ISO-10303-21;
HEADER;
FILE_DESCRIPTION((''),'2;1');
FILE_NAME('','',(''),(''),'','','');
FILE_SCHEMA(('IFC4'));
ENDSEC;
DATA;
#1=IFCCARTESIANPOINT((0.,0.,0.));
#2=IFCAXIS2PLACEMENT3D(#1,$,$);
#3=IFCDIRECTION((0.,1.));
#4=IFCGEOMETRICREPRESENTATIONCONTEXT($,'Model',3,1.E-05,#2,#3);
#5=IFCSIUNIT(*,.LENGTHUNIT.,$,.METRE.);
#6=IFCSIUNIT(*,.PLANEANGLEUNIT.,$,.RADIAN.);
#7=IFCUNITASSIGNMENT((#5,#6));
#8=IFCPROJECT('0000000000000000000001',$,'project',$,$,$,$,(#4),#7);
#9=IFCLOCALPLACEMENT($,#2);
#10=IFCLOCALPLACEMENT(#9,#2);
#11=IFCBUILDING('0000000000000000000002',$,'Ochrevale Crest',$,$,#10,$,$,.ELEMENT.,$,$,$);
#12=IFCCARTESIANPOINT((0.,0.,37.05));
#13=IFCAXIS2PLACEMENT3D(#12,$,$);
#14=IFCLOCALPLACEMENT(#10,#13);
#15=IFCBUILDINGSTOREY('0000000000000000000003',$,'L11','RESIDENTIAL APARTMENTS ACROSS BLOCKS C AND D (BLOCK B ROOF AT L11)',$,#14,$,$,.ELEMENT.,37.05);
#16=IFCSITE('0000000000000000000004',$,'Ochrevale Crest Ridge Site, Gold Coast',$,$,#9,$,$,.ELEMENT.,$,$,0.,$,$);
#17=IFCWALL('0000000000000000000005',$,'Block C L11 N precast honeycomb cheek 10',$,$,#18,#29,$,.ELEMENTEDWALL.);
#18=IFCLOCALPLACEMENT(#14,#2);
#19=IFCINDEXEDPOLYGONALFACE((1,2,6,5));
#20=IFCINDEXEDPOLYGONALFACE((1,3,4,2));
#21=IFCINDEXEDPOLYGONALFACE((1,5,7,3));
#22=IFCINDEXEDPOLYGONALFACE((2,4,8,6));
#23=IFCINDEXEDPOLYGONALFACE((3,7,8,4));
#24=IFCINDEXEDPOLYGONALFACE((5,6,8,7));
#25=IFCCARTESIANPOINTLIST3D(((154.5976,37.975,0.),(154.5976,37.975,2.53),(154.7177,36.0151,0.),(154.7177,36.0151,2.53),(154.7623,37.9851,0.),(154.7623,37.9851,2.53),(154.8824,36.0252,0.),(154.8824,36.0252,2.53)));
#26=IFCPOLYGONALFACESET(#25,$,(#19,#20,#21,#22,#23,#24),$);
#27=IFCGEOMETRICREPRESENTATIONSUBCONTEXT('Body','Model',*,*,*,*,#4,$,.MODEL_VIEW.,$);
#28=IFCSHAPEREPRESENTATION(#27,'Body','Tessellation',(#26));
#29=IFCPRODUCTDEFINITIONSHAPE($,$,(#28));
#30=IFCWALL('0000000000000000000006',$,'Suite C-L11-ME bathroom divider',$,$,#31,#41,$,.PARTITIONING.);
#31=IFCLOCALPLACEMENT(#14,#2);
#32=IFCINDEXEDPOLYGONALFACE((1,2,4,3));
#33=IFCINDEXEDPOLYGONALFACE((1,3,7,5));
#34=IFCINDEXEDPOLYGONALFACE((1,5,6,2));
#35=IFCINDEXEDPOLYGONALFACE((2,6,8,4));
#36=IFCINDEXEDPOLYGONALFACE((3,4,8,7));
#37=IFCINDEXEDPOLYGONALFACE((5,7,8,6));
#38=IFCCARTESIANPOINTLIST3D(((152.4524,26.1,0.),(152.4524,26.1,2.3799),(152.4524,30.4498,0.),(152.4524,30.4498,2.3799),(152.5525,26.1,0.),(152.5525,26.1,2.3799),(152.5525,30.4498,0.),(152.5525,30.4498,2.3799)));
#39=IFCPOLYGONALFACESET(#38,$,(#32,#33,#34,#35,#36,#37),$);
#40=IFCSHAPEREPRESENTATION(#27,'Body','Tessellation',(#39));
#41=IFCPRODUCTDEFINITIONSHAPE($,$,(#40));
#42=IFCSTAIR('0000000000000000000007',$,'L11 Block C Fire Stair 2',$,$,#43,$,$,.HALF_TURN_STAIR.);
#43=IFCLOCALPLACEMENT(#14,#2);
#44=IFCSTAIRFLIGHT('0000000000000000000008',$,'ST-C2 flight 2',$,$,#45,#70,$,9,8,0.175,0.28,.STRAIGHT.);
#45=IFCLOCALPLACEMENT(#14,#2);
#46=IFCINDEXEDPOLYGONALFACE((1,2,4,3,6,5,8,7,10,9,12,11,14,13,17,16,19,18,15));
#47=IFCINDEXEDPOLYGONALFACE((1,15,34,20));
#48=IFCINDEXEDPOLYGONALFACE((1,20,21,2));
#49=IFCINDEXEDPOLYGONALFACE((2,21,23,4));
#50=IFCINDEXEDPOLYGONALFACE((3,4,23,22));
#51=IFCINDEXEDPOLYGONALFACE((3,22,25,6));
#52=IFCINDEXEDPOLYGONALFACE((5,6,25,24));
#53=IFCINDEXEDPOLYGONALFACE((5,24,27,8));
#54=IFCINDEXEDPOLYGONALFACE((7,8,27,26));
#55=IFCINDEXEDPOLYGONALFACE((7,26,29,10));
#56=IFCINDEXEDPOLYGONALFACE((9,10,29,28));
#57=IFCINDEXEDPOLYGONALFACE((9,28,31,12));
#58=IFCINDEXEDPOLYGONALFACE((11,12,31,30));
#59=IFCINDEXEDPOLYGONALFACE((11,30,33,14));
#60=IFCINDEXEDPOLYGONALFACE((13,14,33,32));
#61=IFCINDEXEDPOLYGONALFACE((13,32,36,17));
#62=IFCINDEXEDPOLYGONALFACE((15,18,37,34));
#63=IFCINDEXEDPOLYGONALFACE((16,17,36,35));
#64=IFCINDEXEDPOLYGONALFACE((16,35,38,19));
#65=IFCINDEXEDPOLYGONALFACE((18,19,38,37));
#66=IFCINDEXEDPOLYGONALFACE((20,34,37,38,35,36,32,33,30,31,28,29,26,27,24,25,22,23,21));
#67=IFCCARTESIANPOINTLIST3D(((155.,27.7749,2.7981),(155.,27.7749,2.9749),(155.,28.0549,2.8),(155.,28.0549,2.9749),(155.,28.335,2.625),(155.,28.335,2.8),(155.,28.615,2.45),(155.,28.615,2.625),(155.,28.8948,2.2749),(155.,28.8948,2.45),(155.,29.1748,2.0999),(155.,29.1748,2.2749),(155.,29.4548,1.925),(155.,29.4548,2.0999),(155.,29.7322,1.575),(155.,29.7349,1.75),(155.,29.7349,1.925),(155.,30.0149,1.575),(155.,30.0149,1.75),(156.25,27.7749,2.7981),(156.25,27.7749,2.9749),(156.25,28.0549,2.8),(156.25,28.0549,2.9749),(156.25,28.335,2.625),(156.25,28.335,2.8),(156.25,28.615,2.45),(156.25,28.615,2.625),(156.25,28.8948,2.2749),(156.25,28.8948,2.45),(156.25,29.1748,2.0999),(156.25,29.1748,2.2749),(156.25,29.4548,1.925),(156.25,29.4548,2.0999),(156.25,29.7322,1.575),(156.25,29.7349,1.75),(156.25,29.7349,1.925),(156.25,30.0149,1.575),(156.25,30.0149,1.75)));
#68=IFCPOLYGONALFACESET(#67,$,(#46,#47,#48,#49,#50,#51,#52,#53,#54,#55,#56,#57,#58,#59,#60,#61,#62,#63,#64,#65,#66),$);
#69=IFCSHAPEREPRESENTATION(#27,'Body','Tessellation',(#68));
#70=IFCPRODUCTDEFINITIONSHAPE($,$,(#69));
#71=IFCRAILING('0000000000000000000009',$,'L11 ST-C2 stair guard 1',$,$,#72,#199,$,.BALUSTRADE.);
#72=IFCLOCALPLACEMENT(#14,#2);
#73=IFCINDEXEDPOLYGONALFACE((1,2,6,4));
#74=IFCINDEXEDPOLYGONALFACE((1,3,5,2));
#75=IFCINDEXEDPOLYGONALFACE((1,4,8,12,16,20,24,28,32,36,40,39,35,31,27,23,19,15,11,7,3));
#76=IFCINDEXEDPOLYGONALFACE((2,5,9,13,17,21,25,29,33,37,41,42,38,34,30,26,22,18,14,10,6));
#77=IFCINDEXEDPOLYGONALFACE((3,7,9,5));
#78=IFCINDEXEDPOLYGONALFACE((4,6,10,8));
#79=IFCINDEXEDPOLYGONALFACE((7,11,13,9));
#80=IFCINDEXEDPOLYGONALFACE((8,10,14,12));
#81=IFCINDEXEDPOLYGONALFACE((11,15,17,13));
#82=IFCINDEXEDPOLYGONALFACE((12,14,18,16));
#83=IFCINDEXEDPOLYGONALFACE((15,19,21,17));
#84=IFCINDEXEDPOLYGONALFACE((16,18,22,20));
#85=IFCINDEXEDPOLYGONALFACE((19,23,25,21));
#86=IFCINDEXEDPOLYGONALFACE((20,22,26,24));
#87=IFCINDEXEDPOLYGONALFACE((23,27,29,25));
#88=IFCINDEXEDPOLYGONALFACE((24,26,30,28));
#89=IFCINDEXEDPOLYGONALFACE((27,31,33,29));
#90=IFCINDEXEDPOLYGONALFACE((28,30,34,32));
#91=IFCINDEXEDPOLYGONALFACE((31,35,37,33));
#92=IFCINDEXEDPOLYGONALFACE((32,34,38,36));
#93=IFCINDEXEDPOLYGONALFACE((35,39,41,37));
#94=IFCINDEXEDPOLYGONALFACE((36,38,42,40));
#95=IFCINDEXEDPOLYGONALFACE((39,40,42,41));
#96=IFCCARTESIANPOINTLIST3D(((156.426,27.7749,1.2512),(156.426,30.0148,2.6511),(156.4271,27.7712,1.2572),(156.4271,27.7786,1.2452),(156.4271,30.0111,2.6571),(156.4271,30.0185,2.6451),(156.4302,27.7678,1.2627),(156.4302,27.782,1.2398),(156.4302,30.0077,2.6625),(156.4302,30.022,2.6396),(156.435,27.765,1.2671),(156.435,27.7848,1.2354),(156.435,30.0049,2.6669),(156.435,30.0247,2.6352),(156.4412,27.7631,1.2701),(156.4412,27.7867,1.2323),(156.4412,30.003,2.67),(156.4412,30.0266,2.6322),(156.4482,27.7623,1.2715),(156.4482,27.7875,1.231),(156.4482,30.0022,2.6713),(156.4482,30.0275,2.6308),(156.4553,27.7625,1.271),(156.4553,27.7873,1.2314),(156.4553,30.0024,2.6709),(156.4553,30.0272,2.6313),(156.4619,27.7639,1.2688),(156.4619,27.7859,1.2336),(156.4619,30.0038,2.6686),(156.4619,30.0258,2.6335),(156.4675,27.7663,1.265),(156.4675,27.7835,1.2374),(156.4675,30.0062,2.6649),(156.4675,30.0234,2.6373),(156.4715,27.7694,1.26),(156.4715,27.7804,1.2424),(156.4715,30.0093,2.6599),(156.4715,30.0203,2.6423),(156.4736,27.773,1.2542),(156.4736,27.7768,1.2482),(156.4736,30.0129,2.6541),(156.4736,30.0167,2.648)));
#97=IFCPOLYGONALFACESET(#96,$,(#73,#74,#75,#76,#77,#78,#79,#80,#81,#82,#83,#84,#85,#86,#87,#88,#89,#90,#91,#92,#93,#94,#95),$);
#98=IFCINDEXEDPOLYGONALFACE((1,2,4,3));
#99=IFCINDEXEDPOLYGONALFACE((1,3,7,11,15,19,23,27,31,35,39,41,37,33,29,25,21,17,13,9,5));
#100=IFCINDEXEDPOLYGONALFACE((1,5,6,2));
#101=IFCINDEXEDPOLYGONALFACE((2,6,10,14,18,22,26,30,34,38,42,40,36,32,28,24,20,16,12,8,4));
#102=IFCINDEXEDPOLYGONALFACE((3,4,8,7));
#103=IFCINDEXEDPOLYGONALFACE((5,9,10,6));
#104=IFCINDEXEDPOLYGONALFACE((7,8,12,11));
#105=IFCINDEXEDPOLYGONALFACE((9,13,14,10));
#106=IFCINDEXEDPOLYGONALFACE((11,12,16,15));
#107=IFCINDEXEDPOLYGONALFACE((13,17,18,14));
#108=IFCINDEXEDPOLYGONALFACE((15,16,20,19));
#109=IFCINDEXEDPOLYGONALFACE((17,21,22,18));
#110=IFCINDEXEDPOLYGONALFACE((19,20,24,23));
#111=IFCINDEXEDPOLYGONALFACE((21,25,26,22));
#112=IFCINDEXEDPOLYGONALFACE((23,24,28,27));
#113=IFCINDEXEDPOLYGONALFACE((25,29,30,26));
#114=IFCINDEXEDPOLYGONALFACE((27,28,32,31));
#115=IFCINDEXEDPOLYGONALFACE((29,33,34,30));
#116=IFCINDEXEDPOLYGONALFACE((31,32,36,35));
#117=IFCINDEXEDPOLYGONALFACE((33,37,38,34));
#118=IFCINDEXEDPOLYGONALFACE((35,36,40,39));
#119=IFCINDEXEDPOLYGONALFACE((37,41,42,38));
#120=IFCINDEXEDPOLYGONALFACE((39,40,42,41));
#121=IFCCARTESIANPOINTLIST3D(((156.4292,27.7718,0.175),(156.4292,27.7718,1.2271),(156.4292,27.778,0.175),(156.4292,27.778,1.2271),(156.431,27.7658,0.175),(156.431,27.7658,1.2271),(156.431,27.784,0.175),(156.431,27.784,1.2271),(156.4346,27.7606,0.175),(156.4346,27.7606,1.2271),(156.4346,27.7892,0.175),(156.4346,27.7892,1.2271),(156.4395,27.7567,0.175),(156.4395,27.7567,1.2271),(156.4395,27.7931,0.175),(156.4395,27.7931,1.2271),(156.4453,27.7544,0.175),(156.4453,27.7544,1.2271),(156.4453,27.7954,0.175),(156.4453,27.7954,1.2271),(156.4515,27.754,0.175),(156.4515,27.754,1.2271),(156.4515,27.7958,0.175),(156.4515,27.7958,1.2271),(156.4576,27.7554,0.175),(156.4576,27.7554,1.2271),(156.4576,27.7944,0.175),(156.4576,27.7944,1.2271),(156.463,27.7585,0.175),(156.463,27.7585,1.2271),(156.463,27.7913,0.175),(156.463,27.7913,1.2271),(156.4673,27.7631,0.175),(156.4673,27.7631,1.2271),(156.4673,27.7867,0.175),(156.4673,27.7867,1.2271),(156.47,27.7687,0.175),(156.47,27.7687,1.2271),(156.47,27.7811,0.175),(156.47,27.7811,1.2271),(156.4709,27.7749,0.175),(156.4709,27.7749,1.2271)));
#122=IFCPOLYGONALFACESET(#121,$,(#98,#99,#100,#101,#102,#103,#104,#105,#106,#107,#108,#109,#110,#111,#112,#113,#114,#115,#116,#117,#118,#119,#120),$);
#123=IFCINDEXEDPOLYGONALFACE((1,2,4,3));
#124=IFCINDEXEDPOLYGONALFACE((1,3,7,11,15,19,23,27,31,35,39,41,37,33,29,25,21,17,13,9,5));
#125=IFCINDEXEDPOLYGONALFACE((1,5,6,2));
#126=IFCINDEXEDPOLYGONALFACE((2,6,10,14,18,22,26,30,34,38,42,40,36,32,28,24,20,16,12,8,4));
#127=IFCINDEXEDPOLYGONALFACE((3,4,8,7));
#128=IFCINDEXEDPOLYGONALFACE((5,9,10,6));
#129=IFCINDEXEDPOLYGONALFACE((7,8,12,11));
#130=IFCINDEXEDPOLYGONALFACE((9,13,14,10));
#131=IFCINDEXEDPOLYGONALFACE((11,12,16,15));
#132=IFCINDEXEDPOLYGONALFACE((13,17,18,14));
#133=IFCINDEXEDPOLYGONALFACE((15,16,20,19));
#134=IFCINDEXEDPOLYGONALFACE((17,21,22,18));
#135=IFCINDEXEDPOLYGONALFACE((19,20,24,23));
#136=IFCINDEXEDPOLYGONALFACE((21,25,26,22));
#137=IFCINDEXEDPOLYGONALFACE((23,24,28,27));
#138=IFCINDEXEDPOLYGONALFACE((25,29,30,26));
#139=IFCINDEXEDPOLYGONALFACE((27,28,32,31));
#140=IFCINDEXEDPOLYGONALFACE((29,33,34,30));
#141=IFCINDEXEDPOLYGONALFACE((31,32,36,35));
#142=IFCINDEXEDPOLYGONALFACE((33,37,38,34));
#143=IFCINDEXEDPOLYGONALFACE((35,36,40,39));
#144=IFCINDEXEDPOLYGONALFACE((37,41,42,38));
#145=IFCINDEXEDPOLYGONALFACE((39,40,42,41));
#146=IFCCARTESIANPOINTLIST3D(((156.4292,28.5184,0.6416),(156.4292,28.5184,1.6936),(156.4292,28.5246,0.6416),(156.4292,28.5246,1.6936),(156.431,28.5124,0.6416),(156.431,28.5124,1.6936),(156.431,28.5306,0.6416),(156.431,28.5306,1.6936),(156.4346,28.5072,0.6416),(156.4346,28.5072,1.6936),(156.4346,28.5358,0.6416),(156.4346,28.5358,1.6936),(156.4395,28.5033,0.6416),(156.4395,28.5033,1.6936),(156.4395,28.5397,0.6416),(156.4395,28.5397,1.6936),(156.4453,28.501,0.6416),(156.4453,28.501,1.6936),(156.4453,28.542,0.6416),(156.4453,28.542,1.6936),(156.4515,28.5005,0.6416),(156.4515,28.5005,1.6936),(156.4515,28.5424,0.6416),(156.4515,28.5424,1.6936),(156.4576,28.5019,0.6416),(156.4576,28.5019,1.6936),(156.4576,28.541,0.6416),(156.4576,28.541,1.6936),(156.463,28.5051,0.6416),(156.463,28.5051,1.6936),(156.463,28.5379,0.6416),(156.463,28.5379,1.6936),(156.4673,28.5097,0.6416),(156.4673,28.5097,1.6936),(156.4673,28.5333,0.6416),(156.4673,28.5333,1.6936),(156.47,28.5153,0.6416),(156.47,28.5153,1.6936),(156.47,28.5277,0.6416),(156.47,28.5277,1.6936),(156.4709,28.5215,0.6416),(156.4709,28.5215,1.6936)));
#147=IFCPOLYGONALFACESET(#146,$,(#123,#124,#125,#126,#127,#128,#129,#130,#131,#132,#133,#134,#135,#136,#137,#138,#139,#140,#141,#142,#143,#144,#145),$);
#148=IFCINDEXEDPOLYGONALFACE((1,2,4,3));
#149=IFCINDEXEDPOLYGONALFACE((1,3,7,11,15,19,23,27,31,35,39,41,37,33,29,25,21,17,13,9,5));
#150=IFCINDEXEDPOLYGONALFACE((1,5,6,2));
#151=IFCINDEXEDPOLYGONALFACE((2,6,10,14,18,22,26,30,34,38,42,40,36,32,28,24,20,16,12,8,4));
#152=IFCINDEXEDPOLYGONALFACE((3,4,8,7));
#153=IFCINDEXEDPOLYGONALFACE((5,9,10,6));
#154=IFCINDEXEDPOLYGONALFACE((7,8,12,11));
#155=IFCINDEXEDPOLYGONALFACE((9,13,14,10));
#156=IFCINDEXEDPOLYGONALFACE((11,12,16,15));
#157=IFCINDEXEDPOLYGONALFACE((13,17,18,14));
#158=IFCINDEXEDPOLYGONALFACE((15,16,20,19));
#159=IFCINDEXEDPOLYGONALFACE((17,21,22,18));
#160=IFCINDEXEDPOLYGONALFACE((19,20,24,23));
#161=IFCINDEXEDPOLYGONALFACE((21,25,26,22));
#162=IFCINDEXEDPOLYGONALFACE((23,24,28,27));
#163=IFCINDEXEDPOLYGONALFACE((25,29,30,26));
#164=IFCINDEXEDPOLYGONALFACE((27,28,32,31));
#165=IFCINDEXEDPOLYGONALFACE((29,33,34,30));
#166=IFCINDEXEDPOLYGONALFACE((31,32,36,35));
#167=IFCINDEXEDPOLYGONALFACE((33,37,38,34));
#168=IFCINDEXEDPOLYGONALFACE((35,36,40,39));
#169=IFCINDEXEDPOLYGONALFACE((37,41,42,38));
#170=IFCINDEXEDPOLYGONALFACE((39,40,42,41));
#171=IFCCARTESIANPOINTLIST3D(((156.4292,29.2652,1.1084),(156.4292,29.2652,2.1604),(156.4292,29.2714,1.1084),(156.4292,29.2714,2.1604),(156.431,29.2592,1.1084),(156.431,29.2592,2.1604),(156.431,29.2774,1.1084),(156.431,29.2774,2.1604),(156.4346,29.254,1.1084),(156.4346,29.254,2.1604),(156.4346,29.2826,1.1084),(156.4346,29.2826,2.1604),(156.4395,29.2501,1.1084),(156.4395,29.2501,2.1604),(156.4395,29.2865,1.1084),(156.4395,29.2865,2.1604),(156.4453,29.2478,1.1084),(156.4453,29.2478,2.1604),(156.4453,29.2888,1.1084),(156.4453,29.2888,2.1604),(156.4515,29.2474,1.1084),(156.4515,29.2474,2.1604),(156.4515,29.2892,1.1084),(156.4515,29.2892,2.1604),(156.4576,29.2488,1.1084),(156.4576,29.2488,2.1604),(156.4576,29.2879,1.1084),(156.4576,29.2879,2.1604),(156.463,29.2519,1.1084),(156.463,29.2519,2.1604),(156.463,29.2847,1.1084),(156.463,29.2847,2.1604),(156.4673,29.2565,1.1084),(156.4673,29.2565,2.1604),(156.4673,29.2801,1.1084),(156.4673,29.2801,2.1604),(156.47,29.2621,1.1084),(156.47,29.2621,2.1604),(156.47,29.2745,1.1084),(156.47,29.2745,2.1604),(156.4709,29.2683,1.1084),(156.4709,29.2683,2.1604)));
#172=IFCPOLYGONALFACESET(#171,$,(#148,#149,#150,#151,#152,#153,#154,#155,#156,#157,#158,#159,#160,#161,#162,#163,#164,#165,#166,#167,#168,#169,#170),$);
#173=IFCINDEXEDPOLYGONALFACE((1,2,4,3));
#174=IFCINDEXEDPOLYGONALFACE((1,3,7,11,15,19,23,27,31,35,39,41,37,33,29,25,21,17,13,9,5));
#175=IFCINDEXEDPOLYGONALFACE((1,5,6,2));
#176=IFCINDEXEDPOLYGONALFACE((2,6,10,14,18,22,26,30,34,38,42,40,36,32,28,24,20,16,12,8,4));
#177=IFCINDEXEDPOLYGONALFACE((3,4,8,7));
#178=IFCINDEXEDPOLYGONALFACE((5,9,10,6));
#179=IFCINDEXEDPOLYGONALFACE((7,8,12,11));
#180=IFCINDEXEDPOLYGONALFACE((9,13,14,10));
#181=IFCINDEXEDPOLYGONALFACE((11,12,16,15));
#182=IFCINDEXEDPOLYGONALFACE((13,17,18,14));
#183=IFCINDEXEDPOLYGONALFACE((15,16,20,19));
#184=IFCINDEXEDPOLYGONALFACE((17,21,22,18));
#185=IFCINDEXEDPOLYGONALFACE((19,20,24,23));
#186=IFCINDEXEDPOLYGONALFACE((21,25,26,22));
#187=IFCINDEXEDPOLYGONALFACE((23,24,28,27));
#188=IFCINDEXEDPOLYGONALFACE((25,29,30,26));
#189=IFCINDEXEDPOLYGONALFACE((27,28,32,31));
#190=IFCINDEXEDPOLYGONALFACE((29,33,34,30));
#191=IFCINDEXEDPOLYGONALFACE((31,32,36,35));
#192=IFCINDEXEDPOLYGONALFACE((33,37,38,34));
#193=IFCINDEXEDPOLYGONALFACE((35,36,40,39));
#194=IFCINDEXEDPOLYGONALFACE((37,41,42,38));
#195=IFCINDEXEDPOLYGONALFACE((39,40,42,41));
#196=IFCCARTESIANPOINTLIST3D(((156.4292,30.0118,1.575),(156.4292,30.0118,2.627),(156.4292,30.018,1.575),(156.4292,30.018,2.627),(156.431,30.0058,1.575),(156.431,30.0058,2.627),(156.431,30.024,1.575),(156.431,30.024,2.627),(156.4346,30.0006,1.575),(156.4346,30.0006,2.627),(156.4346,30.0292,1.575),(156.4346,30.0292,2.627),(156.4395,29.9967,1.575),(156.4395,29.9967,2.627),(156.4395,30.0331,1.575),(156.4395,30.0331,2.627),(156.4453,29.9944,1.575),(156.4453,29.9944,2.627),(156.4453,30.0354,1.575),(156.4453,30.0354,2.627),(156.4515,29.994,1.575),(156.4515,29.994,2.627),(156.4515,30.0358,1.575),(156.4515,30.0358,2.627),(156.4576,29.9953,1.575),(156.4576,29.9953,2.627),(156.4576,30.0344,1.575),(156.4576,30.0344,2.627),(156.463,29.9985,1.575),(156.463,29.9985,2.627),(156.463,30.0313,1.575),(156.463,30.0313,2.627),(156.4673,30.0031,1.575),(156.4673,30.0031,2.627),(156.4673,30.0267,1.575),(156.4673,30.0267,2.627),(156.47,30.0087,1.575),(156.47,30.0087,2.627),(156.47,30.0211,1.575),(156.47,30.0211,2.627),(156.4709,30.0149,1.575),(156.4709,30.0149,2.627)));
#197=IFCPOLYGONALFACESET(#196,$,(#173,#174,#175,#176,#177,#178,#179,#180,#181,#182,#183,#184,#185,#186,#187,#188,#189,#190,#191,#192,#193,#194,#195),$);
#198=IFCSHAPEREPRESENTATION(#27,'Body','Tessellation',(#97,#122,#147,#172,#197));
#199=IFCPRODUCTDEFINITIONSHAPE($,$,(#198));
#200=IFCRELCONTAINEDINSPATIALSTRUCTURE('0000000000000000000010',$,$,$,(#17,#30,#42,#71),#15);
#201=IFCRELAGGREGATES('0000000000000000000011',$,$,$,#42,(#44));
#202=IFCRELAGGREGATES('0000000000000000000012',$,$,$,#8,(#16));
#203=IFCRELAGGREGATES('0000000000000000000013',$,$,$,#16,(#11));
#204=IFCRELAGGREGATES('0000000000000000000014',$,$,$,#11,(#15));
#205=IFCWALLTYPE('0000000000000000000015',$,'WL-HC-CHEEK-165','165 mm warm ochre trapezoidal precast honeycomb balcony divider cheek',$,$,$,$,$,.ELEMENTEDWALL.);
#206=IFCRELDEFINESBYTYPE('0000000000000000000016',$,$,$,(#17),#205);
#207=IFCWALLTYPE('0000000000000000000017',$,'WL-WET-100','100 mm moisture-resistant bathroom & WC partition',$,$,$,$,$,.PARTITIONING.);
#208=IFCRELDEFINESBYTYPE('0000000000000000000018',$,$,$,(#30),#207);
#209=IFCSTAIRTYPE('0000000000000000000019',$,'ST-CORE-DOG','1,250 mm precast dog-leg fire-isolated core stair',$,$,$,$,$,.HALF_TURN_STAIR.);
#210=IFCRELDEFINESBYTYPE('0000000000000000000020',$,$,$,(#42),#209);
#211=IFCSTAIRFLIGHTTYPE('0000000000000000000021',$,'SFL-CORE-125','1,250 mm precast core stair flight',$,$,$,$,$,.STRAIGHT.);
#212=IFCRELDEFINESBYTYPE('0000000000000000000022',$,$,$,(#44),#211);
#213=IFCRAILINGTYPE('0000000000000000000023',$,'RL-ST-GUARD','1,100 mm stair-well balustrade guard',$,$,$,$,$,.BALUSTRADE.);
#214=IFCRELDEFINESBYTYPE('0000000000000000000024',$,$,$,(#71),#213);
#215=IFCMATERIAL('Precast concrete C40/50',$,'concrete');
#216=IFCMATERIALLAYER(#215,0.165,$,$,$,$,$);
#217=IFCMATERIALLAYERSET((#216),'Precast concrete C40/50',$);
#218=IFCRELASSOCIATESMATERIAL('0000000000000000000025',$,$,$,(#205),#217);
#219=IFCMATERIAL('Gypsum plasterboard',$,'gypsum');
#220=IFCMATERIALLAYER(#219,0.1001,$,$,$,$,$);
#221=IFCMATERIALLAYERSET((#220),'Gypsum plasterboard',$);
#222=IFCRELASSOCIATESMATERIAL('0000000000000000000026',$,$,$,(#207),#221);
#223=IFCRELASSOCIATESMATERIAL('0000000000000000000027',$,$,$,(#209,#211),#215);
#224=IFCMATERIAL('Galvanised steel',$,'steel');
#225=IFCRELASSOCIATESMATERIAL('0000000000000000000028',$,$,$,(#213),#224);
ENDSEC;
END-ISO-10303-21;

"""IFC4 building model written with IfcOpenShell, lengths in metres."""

from ifc_helpers import new_model, si_unit, direction, frame, frame_2d, origin, origin_2d, place, context, subcontext, project, spatial, polyline, rectangle, circle, outline, extrude, material, layer, layer_set, type_object, element, aggregate, save


model = new_model("IFC4")

# Units and contexts
model_context = context("Model", 3, precision=1e-05, world=origin(), true_north=direction((0.0, 1.0)))
body_context = subcontext(model_context, "Body", "Model", "MODEL_VIEW")
ifc_project = project(units=[si_unit("LENGTHUNIT", "METRE"), si_unit("PLANEANGLEUNIT", "RADIAN")], contexts=[model_context])

# Site, building, storey
site_placement = place(None, origin())
site = spatial("IfcSite", under=ifc_project, at=site_placement, Name="Ochrevale Crest Ridge Site, Gold Coast", CompositionType="ELEMENT", RefElevation=0.0)
building_placement = place(site_placement, origin())
building = spatial("IfcBuilding", under=site, at=building_placement, Name="Ochrevale Crest", CompositionType="ELEMENT")
storey_placement = place(building_placement, frame((0.0, 0.0, 37.05)))
storey = spatial("IfcBuildingStorey", under=building, at=storey_placement, Name="L11", Description="RESIDENTIAL APARTMENTS ACROSS BLOCKS C AND D (BLOCK B ROOF AT L11)", CompositionType="ELEMENT", Elevation=37.05)

# Shared definitions
ifc_material_1 = material(Name="Precast concrete C40/50", Category="concrete")

# Walls
ifc_layer_1 = layer(ifc_material_1, 0.165)
ifc_layer_set_1 = layer_set([ifc_layer_1], Name="Precast concrete C40/50")
wall_type_1 = type_object("IfcWallType", Name="WL-HC-CHEEK-165", Description="165 mm warm ochre trapezoidal precast honeycomb balcony divider cheek", PredefinedType="ELEMENTEDWALL", material=ifc_layer_set_1)
for number, where, z_axis, x_axis, name in (
    (1, (154.8, 36.02, 0.0), (0.0, 0.0, 1.0), (-0.061171, 0.998127, 0.0), "Block C L11 N precast honeycomb cheek 10"),
):
    element("IfcWall", number, at=place(storey_placement, frame(where, z_axis=z_axis, x_axis=x_axis)), inside=storey, type_object=wall_type_1, Name=name, PredefinedType="ELEMENTEDWALL", context=body_context, shape_type="SweptSolid", body=[
        extrude(rectangle(XDim=1.9636, YDim=0.165, at=frame_2d((0.9819, 0.0))), origin(), (0.0, 0.0, 1.0), 2.53),
    ])
ifc_material_2 = material(Name="Gypsum plasterboard", Category="gypsum")
ifc_layer_2 = layer(ifc_material_2, 0.1001)
ifc_layer_set_2 = layer_set([ifc_layer_2], Name="Gypsum plasterboard")
wall_type_2 = type_object("IfcWallType", Name="WL-WET-100", Description="100 mm moisture-resistant bathroom & WC partition", PredefinedType="PARTITIONING", material=ifc_layer_set_2)
wall_1_placement = place(storey_placement, frame((152.5024, 26.1001, 0.0), z_axis=(0.0, 0.0, 1.0), x_axis=(0.0, 1.0, 0.0)))
element("IfcWall", 2, at=wall_1_placement, inside=storey, type_object=wall_type_2, Name="Suite C-L11-ME bathroom divider", PredefinedType="PARTITIONING", context=body_context, shape_type="SweptSolid", body=[
    extrude(rectangle(XDim=4.3499, YDim=0.1001, at=frame_2d((2.1748, 0.0))), origin(), (0.0, 0.0, 1.0), 2.3799),
])

# Stair, stair flight
stair_type = type_object("IfcStairType", Name="ST-CORE-DOG", Description="1,250 mm precast dog-leg fire-isolated core stair", PredefinedType="HALF_TURN_STAIR", material=ifc_material_1)
stair_placement = place(storey_placement, origin())
stair = element("IfcStair", 3, at=stair_placement, inside=storey, type_object=stair_type, Name="L11 Block C Fire Stair 2", PredefinedType="HALF_TURN_STAIR")
stair_flight_type = type_object("IfcStairFlightType", Name="SFL-CORE-125", Description="1,250 mm precast core stair flight", PredefinedType="STRAIGHT", material=ifc_material_1)
stair_flight_placement = place(storey_placement, frame((155.625, 30.0149, 1.575), z_axis=(0.0, 0.0, 1.0), x_axis=(0.0, -1.0, 0.0)))
stair_flight = element("IfcStairFlight", 4, at=stair_flight_placement, type_object=stair_flight_type, Name="ST-C2 flight 2", NumberOfRisers=9, NumberOfTreads=8, PredefinedType="STRAIGHT", RiserHeight=0.175, TreadLength=0.28, context=body_context, shape_type="SweptSolid", body=[
    extrude(outline(polyline([(0.0, 0.0), (0.0, 0.175), (0.28, 0.175), (0.28, 0.3501), (0.5601, 0.3501), (0.5601, 0.5249), (0.8401, 0.5249), (0.8401, 0.7), (1.1201, 0.7), (1.1201, 0.875), (1.3999, 0.875), (1.3999, 1.05), (1.6799, 1.05), (1.6799, 1.2251), (1.96, 1.2251), (1.96, 1.3999), (2.24, 1.3999), (2.24, 1.575), (2.24, 1.2231), (0.2827, 0.0), (0.0, 0.0)])), frame((0.0, 0.625, 0.0), z_axis=(0.0, -1.0, 0.0), x_axis=(1.0, 0.0, 0.0)), (0.0, 0.0, 1.0), 1.25),
])
aggregate(stair, [stair_flight])

# Railing
ifc_material_3 = material(Name="Galvanised steel", Category="steel")
railing_type_1 = type_object("IfcRailingType", Name="RL-ST-GUARD", Description="1,100 mm stair-well balustrade guard", PredefinedType="BALUSTRADE", material=ifc_material_3)
railing_1_placement = place(storey_placement, frame((156.45, 27.7749, 0.175)))
element("IfcRailing", 5, at=railing_1_placement, inside=storey, type_object=railing_type_1, Name="L11 ST-C2 stair guard 1", PredefinedType="BALUSTRADE", context=body_context, shape_type="SweptSolid", body=[
    extrude(circle(Radius=0.0239, at=origin_2d()), frame((0.0, 0.0, 1.0762), z_axis=(0.0, 0.848014, 0.529974), x_axis=(-1.0, 0.0, 0.0)), (0.0, 0.0, 1.0), 2.6414),
    extrude(circle(Radius=0.021, at=origin_2d()), origin(), (0.0, 0.0, 1.0), 1.052),
    extrude(circle(Radius=0.021, at=origin_2d()), frame((0.0, 0.7466, 0.4666)), (0.0, 0.0, 1.0), 1.052),
    extrude(circle(Radius=0.021, at=origin_2d()), frame((0.0, 1.4934, 0.9333)), (0.0, 0.0, 1.0), 1.052),
    extrude(circle(Radius=0.021, at=origin_2d()), frame((0.0, 2.24, 1.3999)), (0.0, 0.0, 1.0), 1.052),
])

save(model, "model.ifc")
